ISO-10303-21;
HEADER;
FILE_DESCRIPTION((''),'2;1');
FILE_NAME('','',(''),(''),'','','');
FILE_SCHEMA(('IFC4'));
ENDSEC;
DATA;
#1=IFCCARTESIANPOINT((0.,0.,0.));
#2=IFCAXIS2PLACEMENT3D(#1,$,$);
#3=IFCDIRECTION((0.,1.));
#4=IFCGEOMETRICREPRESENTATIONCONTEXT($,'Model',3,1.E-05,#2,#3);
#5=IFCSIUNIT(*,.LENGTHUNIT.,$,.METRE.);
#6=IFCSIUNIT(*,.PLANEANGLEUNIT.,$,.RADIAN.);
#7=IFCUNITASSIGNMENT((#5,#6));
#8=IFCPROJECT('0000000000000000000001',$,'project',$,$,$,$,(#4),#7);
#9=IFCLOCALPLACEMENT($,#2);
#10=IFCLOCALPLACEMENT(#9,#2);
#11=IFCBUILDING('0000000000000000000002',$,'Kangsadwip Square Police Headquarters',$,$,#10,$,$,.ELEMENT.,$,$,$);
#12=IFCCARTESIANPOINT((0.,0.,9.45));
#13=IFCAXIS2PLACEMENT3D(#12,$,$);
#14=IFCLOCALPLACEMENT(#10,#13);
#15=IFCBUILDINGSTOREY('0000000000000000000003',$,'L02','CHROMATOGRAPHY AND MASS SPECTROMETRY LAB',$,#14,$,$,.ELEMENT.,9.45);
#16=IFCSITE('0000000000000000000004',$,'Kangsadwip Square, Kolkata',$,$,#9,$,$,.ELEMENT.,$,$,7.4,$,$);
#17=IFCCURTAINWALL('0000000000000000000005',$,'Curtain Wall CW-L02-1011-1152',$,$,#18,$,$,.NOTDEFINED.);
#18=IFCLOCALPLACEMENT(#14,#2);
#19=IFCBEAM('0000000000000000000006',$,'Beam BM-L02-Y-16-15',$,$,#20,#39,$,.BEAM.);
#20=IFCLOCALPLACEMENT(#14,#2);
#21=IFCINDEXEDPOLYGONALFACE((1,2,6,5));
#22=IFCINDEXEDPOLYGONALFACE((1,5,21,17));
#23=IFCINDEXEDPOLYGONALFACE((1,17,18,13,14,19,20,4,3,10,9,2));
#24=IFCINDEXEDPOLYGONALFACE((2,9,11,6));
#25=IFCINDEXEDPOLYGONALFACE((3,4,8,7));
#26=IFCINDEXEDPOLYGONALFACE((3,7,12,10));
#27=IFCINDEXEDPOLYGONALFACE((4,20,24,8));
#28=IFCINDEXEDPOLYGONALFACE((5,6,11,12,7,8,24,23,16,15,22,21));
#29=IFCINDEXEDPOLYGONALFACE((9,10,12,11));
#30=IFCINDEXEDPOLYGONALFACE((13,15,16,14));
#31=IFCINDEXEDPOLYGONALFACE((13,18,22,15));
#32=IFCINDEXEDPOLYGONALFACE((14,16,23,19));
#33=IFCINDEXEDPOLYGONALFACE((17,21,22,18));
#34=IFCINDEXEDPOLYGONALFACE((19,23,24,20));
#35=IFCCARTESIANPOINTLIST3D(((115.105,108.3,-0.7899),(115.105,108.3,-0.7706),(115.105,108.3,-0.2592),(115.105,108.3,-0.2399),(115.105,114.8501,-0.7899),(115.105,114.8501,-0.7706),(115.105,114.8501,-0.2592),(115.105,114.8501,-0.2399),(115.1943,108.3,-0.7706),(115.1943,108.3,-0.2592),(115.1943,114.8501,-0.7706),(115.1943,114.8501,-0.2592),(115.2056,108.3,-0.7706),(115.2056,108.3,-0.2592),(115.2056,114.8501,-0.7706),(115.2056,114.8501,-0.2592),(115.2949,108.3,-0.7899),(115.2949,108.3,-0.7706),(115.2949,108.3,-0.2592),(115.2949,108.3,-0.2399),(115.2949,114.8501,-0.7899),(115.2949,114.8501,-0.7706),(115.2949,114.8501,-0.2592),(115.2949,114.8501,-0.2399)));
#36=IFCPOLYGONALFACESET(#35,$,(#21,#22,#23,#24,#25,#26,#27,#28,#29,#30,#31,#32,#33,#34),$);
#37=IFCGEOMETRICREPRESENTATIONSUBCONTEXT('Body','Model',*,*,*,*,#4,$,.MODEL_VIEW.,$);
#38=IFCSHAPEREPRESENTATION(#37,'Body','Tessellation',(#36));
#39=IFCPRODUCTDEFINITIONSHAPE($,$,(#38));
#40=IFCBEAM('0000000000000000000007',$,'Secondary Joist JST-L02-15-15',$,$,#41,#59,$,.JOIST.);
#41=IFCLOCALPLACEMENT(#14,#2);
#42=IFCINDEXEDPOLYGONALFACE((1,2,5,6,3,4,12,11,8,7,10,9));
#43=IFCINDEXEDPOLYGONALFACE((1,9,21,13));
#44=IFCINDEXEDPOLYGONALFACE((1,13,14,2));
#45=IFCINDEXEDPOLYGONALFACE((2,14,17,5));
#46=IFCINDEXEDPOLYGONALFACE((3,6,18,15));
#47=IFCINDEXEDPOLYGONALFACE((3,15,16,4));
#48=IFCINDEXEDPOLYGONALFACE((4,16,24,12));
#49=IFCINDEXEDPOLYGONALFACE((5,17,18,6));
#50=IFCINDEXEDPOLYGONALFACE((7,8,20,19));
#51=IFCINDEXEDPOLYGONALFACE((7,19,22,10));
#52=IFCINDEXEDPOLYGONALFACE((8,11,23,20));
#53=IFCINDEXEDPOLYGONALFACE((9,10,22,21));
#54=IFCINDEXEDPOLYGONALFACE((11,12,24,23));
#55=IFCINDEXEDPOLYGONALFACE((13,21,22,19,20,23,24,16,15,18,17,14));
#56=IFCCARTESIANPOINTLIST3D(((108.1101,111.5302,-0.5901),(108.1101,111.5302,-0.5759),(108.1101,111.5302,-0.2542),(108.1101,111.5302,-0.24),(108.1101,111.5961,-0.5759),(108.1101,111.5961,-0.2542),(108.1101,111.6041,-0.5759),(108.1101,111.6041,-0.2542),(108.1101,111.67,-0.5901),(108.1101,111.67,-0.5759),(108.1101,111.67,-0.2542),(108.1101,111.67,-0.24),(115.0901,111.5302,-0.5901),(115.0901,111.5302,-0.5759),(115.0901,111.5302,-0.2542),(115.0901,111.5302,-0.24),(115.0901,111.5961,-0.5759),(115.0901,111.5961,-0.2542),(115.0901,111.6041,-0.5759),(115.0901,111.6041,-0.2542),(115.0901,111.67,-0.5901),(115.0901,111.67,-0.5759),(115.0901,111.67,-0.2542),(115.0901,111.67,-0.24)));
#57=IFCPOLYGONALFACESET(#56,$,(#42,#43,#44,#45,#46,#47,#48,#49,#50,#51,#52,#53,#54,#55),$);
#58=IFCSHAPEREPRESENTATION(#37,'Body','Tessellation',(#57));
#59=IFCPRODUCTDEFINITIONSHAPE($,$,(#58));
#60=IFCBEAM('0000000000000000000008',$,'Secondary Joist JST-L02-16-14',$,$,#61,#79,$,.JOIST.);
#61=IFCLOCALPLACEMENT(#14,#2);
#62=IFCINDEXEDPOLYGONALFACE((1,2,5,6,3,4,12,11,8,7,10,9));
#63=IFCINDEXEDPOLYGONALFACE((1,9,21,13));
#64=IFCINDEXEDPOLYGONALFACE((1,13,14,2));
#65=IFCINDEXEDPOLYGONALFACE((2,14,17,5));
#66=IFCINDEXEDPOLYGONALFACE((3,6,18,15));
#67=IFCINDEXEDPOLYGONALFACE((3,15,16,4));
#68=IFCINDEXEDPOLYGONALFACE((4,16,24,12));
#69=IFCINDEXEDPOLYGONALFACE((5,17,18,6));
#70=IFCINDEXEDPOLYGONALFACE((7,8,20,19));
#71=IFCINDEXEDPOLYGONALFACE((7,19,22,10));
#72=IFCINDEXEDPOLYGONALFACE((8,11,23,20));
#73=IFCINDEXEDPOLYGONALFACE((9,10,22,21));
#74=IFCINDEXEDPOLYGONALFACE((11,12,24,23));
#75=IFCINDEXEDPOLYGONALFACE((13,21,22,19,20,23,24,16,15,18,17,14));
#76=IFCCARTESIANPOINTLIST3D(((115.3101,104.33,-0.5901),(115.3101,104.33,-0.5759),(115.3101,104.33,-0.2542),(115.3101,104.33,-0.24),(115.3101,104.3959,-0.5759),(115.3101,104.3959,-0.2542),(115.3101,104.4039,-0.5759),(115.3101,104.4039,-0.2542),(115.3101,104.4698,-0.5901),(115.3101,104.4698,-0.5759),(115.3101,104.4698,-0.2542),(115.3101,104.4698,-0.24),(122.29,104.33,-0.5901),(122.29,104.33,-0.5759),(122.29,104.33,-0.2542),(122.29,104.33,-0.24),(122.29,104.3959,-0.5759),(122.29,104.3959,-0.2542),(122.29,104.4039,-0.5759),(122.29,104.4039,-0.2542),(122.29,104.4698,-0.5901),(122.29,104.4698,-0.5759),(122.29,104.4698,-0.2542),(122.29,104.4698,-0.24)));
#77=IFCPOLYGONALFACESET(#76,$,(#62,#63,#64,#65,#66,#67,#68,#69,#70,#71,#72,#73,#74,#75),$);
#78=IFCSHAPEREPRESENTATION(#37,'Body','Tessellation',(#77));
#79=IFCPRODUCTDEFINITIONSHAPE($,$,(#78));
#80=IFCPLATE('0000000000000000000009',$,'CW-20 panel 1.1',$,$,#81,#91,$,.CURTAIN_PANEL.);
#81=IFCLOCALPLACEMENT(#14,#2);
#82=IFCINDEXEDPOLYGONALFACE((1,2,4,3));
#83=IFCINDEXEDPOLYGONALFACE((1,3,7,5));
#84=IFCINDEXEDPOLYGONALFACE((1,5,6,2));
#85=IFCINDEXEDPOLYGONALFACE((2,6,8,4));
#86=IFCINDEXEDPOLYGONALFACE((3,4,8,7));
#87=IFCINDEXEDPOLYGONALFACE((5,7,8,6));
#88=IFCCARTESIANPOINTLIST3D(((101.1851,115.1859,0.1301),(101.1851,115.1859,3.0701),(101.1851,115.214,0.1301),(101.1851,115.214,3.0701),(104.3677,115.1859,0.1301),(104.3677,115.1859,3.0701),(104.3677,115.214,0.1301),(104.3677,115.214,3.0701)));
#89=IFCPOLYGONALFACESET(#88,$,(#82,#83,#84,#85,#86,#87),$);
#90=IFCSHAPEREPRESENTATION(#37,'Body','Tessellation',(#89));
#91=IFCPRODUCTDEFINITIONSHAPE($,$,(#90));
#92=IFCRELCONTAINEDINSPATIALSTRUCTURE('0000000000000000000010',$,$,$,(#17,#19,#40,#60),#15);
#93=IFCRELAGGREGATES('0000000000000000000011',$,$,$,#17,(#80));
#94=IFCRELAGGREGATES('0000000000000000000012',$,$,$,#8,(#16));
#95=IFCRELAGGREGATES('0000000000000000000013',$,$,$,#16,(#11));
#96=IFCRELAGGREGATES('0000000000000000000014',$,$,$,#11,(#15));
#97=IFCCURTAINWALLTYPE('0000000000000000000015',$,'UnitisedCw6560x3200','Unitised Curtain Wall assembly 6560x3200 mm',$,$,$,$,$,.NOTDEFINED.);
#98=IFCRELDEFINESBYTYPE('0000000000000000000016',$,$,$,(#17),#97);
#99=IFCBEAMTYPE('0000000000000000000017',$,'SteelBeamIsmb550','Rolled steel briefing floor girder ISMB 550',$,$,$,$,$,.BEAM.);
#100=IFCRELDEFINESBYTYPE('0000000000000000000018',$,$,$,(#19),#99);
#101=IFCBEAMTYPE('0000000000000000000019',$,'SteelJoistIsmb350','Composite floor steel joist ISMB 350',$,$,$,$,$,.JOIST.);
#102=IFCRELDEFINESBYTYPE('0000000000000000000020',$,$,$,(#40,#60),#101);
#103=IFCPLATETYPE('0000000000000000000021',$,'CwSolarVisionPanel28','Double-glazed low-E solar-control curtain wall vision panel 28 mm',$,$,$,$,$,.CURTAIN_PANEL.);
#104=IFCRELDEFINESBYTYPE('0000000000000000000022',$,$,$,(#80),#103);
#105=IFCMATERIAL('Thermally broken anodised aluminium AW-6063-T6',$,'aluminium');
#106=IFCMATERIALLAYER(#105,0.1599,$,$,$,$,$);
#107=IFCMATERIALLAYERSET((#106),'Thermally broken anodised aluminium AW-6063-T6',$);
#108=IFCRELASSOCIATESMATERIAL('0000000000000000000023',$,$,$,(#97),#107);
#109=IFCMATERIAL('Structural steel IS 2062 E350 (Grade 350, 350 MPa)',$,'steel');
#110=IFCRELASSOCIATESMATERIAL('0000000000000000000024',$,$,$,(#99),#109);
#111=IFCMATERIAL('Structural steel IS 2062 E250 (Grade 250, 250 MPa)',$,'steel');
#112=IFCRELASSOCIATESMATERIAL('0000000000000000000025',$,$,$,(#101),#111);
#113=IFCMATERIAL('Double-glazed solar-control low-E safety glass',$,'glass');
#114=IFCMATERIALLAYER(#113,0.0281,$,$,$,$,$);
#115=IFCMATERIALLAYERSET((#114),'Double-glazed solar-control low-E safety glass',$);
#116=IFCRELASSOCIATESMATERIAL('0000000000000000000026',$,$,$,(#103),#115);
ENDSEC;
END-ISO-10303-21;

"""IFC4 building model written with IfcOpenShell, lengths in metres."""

from ifc_helpers import new_model, si_unit, direction, frame, origin, origin_2d, place, context, subcontext, project, spatial, rectangle, i_section, extrude, material, layer, layer_set, material_profile, profile_set, type_object, element, aggregate, save


model = new_model("IFC4")

# Units and contexts
model_context = context("Model", 3, precision=1e-05, world=origin(), true_north=direction((0.0, 1.0)))
body_context = subcontext(model_context, "Body", "Model", "MODEL_VIEW")
ifc_project = project(units=[si_unit("LENGTHUNIT", "METRE"), si_unit("PLANEANGLEUNIT", "RADIAN")], contexts=[model_context])

# Site, building, storey
site_placement = place(None, origin())
site = spatial("IfcSite", under=ifc_project, at=site_placement, Name="Kangsadwip Square, Kolkata", CompositionType="ELEMENT", RefElevation=7.4)
building_placement = place(site_placement, origin())
building = spatial("IfcBuilding", under=site, at=building_placement, Name="Kangsadwip Square Police Headquarters", CompositionType="ELEMENT")
storey_placement = place(building_placement, frame((0.0, 0.0, 9.45)))
storey = spatial("IfcBuildingStorey", under=building, at=storey_placement, Name="L02", Description="CHROMATOGRAPHY AND MASS SPECTROMETRY LAB", CompositionType="ELEMENT", Elevation=9.45)

# Curtain wall
ifc_material_1 = material(Name="Thermally broken anodised aluminium AW-6063-T6", Category="aluminium")
ifc_layer_1 = layer(ifc_material_1, 0.1599)
ifc_layer_set_1 = layer_set([ifc_layer_1], Name="Thermally broken anodised aluminium AW-6063-T6")
curtain_wall_type = type_object("IfcCurtainWallType", Name="UnitisedCw6560x3200", Description="Unitised Curtain Wall assembly 6560x3200 mm", PredefinedType="NOTDEFINED", material=ifc_layer_set_1)
curtain_wall_placement = place(storey_placement, origin())
curtain_wall = element("IfcCurtainWall", 1, at=curtain_wall_placement, inside=storey, type_object=curtain_wall_type, Name="Curtain Wall CW-L02-1011-1152", PredefinedType="NOTDEFINED")

# Beams
ifc_material_2 = material(Name="Structural steel IS 2062 E350 (Grade 350, 350 MPa)", Category="steel")
ifc_material_profile_1 = material_profile(ifc_material_2, i_section(OverallWidth=0.1899, OverallDepth=0.55, WebThickness=0.0112, FlangeThickness=0.0193, at=origin_2d()), Name="ISMB 550")
ifc_profile_set_1 = profile_set([ifc_material_profile_1], Name="Structural steel IS 2062 E350 (Grade 350, 350 MPa)")
beam_type_1 = type_object("IfcBeamType", Name="SteelBeamIsmb550", Description="Rolled steel briefing floor girder ISMB 550", PredefinedType="BEAM", material=ifc_profile_set_1)
beam_1_placement = place(storey_placement, frame((115.2, 108.3, -0.5149), z_axis=(0.0, 1.0, 0.0), x_axis=(-1.0, 0.0, 0.0)))
element("IfcBeam", 2, at=beam_1_placement, inside=storey, type_object=beam_type_1, Name="Beam BM-L02-Y-16-15", PredefinedType="BEAM", context=body_context, shape_type="SweptSolid", body=[
    extrude(i_section(OverallWidth=0.1899, OverallDepth=0.55, WebThickness=0.0112, FlangeThickness=0.0193, at=origin_2d()), origin(), (0.0, 0.0, 1.0), 6.55),
])
ifc_material_3 = material(Name="Structural steel IS 2062 E250 (Grade 250, 250 MPa)", Category="steel")
ifc_material_profile_2 = material_profile(ifc_material_3, i_section(OverallWidth=0.1399, OverallDepth=0.3501, WebThickness=0.0081, FlangeThickness=0.0142, at=origin_2d()), Name="ISMB 350")
ifc_profile_set_2 = profile_set([ifc_material_profile_2], Name="Structural steel IS 2062 E250 (Grade 250, 250 MPa)")
beam_type_2 = type_object("IfcBeamType", Name="SteelJoistIsmb350", Description="Composite floor steel joist ISMB 350", PredefinedType="JOIST", material=ifc_profile_set_2)
for number, where, z_axis, x_axis, name in (
    (3, (108.1101, 111.6001, -0.415), (1.0, 0.0, 0.0), (0.0, 1.0, 0.0), "Secondary Joist JST-L02-15-15"),
    (4, (115.3101, 104.3999, -0.415), (1.0, 0.0, 0.0), (0.0, 1.0, 0.0), "Secondary Joist JST-L02-16-14"),
):
    element("IfcBeam", number, at=place(storey_placement, frame(where, z_axis=z_axis, x_axis=x_axis)), inside=storey, type_object=beam_type_2, Name=name, PredefinedType="JOIST", context=body_context, shape_type="SweptSolid", body=[
        extrude(i_section(OverallWidth=0.1399, OverallDepth=0.3501, WebThickness=0.0081, FlangeThickness=0.0142, at=origin_2d()), origin(), (0.0, 0.0, 1.0), 6.98),
    ])

# Plate
ifc_material_4 = material(Name="Double-glazed solar-control low-E safety glass", Category="glass")
ifc_layer_2 = layer(ifc_material_4, 0.0281)
ifc_layer_set_2 = layer_set([ifc_layer_2], Name="Double-glazed solar-control low-E safety glass")
plate_type = type_object("IfcPlateType", Name="CwSolarVisionPanel28", Description="Double-glazed low-E solar-control curtain wall vision panel 28 mm", PredefinedType="CURTAIN_PANEL", material=ifc_layer_set_2)
plate_placement = place(storey_placement, frame((102.7764, 115.2, 0.1301), z_axis=(0.0, 0.0, 1.0), x_axis=(1.0, 0.0, 0.0)))
plate = element("IfcPlate", 5, at=plate_placement, type_object=plate_type, Name="CW-20 panel 1.1", PredefinedType="CURTAIN_PANEL", context=body_context, shape_type="SweptSolid", body=[
    extrude(rectangle(XDim=3.1826, YDim=0.0281, at=origin_2d()), origin(), (0.0, 0.0, 1.0), 2.9399),
])
aggregate(curtain_wall, [plate])

save(model, "model.ifc")
